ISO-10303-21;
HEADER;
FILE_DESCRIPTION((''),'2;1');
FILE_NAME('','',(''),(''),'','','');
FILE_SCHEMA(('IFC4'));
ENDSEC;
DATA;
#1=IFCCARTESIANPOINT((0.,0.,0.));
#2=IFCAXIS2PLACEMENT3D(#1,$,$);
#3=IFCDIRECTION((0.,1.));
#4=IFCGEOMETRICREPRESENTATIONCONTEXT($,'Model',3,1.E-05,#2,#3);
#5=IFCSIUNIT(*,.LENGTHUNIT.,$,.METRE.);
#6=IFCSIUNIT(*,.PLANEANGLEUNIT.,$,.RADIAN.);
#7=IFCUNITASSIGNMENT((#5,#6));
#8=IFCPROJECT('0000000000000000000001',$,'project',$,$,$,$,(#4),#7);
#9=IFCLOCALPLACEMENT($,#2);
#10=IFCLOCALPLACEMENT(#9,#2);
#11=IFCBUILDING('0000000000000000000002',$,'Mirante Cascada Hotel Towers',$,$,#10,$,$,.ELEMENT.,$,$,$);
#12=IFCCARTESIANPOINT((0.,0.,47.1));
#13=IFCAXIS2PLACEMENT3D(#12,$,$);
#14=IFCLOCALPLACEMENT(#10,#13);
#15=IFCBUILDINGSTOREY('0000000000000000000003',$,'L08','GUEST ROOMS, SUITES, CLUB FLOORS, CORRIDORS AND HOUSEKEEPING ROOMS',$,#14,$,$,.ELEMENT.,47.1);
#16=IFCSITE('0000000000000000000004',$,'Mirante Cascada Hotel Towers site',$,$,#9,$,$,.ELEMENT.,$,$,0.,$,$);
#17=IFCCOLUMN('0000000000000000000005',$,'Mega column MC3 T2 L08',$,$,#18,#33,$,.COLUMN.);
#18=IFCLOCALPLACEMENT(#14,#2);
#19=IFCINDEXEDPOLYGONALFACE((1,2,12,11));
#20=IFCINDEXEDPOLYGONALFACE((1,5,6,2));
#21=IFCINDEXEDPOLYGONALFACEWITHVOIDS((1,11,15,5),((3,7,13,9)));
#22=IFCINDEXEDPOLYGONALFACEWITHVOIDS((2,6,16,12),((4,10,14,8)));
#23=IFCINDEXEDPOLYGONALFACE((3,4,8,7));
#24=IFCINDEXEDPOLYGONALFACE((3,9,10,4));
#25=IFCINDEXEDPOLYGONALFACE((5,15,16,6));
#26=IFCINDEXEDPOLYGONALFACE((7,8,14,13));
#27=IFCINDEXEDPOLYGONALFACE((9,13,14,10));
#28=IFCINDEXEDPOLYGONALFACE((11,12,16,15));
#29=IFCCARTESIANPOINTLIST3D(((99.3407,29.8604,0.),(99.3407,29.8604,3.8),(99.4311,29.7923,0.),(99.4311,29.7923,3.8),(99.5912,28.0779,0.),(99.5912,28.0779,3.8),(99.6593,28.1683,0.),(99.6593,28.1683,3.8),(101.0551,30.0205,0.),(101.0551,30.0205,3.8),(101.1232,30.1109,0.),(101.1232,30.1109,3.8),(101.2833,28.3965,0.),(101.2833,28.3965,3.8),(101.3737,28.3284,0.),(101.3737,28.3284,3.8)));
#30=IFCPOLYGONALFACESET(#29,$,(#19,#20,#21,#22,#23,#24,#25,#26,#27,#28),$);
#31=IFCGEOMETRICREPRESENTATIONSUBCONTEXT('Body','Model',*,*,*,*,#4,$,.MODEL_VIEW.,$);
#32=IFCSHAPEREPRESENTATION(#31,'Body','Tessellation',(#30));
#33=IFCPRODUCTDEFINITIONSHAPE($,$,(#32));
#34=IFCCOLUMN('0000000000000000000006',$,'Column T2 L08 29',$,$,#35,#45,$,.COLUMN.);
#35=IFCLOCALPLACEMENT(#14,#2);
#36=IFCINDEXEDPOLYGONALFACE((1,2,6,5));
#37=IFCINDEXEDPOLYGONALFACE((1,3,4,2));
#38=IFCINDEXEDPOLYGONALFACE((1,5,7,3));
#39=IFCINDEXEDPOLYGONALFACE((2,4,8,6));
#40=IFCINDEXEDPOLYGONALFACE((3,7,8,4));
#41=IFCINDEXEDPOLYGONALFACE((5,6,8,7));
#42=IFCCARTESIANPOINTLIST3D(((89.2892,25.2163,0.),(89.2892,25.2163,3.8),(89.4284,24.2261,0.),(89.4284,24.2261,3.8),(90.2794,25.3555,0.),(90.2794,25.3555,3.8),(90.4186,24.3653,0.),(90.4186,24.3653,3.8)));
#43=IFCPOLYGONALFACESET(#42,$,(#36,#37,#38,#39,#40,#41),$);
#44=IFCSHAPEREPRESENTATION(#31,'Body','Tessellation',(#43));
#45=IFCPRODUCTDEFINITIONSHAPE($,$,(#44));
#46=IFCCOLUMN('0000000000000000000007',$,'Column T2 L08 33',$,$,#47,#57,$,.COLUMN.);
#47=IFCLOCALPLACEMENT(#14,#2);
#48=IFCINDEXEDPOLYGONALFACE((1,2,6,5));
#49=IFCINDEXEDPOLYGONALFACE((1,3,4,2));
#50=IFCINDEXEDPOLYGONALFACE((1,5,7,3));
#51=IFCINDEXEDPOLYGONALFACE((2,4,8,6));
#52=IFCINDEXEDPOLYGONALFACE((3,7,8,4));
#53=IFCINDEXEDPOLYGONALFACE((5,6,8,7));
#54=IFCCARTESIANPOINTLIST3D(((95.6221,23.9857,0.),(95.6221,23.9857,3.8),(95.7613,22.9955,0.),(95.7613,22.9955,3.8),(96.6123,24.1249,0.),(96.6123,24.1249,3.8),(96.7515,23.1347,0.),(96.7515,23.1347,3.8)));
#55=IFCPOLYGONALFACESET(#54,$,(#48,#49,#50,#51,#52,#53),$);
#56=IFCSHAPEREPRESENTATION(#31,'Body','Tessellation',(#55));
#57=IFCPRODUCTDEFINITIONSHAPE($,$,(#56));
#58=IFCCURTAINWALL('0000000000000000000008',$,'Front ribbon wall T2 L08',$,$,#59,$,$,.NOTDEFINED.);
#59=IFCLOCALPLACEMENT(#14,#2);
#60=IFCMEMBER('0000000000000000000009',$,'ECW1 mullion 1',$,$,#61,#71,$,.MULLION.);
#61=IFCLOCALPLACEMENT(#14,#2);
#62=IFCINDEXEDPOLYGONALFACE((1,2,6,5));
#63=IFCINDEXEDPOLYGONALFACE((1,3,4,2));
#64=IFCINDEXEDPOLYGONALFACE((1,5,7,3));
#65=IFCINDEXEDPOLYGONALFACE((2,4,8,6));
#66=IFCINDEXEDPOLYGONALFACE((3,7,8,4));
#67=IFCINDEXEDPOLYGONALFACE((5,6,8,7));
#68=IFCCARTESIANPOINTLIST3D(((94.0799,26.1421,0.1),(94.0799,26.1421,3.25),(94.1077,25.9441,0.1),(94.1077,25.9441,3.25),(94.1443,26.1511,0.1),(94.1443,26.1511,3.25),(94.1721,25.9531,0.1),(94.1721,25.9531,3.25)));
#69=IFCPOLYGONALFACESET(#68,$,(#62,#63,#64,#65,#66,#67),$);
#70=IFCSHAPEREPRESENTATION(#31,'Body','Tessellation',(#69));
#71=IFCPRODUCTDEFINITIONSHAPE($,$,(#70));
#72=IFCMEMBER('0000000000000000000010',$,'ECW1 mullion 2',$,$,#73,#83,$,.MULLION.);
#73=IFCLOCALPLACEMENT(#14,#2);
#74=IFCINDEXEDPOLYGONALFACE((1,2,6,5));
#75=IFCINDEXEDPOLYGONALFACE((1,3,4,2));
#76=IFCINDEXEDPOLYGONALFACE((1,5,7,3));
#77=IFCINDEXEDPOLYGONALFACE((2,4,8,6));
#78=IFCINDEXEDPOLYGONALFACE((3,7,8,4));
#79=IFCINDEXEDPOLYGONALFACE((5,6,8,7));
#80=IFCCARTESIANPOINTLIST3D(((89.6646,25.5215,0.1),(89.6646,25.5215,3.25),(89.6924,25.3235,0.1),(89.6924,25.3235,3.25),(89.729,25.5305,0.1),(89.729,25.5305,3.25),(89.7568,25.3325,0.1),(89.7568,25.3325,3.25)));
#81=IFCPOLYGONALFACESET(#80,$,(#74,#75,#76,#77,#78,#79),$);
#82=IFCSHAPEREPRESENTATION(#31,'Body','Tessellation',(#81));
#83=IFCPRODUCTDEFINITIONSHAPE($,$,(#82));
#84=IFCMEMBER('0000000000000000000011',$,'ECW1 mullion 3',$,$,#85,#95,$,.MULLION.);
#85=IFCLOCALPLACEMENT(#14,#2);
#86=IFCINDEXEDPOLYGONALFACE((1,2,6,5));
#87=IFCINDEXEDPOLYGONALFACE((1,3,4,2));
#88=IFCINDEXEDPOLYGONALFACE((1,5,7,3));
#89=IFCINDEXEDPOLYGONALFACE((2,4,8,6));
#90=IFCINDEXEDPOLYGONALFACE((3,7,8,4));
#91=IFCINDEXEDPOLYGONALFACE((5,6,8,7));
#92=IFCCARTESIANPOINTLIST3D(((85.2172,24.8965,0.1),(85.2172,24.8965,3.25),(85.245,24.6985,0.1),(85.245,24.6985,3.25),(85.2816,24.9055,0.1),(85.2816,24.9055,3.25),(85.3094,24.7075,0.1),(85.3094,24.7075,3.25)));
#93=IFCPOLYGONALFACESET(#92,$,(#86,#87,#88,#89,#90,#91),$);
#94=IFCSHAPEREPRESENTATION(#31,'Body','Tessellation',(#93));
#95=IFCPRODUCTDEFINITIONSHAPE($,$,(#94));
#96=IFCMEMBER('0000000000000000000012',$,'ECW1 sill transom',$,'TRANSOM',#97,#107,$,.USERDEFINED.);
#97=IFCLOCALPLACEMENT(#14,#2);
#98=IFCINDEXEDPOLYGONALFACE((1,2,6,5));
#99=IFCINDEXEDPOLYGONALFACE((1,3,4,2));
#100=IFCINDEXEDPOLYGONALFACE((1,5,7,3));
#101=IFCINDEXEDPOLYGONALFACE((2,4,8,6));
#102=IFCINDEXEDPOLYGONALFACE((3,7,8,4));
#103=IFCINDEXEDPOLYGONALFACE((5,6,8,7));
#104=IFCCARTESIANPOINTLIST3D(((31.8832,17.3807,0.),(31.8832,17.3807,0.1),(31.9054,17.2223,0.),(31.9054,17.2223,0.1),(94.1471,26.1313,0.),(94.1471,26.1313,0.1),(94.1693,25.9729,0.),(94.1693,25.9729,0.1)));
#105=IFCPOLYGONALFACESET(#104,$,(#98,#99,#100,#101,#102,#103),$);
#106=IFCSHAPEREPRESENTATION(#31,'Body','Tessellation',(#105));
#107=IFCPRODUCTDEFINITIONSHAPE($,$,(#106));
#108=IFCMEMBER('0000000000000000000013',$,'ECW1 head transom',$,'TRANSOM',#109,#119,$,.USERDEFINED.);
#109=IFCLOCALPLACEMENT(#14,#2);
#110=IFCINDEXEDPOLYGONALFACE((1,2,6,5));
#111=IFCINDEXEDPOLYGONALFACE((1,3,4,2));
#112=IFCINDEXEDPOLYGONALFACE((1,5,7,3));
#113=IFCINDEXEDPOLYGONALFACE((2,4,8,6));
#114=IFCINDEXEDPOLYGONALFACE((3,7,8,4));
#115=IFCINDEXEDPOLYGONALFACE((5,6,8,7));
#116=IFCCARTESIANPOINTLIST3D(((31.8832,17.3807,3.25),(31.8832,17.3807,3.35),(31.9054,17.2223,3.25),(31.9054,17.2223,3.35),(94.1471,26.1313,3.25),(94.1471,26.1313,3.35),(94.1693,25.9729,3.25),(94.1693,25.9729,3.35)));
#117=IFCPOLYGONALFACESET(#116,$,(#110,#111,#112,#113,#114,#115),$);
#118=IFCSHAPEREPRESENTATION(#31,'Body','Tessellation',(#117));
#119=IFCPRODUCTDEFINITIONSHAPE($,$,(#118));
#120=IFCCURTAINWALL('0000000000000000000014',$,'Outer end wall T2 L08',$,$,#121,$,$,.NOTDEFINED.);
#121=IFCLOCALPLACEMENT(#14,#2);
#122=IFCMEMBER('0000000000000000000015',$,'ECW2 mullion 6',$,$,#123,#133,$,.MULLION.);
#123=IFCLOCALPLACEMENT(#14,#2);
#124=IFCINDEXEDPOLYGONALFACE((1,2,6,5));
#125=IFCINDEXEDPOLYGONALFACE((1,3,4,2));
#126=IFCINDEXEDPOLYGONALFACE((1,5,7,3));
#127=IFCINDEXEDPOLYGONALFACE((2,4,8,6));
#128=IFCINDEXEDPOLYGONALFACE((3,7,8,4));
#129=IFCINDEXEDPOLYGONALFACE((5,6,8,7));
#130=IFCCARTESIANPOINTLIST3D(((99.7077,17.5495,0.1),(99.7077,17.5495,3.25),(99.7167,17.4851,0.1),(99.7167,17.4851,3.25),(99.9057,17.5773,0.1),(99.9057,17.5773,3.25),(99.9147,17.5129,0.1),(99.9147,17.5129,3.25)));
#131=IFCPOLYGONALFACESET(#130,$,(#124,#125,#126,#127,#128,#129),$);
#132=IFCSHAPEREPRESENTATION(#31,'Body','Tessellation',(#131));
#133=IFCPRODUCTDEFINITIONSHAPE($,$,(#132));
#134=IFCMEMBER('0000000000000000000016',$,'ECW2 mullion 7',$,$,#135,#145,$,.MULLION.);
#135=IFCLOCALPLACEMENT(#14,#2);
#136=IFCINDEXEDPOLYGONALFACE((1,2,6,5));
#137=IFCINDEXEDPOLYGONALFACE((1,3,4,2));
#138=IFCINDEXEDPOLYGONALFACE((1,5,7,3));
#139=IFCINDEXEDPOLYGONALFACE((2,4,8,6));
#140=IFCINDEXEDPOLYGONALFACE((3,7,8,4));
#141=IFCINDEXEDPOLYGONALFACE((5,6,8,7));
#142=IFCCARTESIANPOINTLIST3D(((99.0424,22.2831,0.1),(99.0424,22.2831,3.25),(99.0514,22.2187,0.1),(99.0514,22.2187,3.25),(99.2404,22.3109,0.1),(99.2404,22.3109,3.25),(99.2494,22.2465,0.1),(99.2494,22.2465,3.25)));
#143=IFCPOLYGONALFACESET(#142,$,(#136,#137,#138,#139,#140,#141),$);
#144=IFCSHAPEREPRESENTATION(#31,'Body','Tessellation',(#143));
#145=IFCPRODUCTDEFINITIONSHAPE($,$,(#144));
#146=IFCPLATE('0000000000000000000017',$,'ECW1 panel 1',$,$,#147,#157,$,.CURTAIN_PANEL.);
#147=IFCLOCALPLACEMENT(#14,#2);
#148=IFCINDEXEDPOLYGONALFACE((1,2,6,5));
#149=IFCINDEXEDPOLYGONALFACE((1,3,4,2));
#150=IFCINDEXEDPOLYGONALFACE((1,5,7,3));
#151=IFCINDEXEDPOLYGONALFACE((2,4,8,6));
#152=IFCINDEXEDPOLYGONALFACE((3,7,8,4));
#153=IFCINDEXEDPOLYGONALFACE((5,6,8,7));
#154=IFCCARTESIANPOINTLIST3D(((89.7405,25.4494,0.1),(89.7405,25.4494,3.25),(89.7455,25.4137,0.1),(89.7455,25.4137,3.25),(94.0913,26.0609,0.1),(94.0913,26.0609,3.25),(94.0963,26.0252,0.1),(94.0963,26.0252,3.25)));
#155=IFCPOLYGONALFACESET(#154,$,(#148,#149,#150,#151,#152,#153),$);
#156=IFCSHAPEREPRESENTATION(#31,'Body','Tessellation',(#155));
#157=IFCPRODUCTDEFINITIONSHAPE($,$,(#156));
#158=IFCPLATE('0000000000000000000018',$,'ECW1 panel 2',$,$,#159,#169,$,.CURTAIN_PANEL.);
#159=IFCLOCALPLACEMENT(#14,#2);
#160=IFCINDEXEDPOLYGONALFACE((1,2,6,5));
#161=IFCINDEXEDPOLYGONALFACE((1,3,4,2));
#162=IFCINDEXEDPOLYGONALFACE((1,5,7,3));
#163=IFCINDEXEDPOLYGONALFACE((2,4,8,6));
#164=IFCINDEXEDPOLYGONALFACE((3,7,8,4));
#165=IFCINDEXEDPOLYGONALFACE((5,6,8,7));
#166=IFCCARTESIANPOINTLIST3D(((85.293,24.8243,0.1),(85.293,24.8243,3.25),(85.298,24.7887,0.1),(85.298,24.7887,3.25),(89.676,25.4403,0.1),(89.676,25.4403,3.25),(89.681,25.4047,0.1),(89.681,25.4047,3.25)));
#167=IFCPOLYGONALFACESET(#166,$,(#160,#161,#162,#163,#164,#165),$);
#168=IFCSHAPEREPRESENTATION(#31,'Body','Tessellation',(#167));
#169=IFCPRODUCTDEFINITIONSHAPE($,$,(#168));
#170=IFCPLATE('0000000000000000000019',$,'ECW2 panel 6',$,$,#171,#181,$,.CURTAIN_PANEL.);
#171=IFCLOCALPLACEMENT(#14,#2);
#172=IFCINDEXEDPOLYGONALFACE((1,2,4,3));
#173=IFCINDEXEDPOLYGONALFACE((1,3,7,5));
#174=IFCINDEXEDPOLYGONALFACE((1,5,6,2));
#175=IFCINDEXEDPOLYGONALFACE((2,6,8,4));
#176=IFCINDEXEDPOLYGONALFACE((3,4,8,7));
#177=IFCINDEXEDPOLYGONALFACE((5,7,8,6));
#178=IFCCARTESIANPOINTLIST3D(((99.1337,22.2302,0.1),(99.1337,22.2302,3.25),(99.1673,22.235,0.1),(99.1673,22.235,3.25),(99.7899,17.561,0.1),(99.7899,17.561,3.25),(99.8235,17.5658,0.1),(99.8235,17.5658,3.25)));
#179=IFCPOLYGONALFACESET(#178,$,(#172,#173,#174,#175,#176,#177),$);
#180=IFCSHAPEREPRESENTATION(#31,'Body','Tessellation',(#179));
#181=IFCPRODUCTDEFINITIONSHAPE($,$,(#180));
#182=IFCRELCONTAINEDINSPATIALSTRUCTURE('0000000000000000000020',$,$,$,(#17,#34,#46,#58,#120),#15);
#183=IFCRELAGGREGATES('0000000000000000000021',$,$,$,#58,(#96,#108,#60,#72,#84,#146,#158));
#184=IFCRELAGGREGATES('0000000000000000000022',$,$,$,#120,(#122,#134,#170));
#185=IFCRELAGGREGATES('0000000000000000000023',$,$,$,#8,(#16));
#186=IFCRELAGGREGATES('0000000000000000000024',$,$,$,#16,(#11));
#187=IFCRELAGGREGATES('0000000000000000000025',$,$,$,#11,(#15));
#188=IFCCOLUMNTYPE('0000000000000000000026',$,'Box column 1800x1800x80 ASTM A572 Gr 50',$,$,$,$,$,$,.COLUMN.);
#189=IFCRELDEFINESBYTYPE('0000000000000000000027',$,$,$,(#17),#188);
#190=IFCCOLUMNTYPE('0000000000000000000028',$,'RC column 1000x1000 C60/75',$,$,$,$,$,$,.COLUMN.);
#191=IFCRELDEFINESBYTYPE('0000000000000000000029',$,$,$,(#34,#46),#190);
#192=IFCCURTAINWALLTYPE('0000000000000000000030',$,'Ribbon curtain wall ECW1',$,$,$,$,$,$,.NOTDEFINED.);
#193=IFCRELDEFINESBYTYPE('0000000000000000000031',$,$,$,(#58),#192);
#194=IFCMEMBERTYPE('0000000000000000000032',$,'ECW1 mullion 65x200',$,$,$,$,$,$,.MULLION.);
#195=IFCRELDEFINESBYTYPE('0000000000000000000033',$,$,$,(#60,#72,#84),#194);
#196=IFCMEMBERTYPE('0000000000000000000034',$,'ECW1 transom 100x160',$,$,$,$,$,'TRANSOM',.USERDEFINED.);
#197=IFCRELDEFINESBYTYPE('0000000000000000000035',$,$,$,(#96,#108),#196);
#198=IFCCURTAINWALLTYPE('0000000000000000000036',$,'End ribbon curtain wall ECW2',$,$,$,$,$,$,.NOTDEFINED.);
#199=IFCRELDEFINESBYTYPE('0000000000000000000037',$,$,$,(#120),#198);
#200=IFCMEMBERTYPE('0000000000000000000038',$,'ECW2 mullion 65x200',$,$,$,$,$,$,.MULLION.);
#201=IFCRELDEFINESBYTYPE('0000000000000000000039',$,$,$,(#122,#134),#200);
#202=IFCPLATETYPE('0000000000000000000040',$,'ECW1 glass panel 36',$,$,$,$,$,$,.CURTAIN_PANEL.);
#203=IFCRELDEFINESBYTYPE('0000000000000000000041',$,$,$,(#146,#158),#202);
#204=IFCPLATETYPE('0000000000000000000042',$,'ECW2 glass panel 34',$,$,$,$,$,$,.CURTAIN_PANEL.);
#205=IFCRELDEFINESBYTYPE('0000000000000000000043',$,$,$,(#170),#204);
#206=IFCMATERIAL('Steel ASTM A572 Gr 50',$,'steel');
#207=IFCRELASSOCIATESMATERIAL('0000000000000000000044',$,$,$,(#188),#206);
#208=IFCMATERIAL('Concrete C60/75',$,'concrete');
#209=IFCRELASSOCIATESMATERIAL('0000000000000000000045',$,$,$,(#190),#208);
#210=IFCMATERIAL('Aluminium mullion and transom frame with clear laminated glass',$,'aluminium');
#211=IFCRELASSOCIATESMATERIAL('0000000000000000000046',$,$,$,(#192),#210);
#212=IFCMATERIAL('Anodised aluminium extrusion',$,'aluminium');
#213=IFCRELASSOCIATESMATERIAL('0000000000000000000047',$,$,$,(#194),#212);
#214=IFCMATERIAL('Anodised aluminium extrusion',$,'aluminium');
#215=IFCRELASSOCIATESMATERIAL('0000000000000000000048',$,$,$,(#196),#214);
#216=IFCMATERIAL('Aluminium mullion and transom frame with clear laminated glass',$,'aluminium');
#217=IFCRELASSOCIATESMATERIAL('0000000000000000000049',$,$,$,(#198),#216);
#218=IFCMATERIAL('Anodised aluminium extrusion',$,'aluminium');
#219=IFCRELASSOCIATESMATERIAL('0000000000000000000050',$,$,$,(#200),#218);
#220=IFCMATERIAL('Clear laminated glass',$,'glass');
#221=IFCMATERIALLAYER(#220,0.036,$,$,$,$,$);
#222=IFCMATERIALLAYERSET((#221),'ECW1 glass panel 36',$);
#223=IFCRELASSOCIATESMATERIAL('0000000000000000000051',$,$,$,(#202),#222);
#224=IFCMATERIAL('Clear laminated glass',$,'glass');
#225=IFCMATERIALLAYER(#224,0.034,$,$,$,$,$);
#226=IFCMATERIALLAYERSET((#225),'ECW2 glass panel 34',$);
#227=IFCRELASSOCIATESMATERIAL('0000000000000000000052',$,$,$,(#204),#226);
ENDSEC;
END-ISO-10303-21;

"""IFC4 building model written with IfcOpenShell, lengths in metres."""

from ifc_helpers import new_model, si_unit, direction, frame, origin, origin_2d, place, context, subcontext, project, spatial, rectangle, hollow_rectangle, extrude, material, layer, layer_set, material_profile, profile_set, type_object, element, aggregate, save


model = new_model("IFC4")

# Units and contexts
model_context = context("Model", 3, precision=1e-05, world=origin(), true_north=direction((0.0, 1.0)))
body_context = subcontext(model_context, "Body", "Model", "MODEL_VIEW")
ifc_project = project(units=[si_unit("LENGTHUNIT", "METRE"), si_unit("PLANEANGLEUNIT", "RADIAN")], contexts=[model_context])

# Site, building, storey
site_placement = place(None, origin())
site = spatial("IfcSite", under=ifc_project, at=site_placement, Name="Mirante Cascada Hotel Towers site", CompositionType="ELEMENT", RefElevation=0.0)
building_placement = place(site_placement, origin())
building = spatial("IfcBuilding", under=site, at=building_placement, Name="Mirante Cascada Hotel Towers", CompositionType="ELEMENT")
storey_placement = place(building_placement, frame((0.0, 0.0, 47.1)))
storey = spatial("IfcBuildingStorey", under=building, at=storey_placement, Name="L08", Description="GUEST ROOMS, SUITES, CLUB FLOORS, CORRIDORS AND HOUSEKEEPING ROOMS", CompositionType="ELEMENT", Elevation=47.1)

# Columns
ifc_material_1 = material(Name="Steel ASTM A572 Gr 50", Category="steel")
ifc_material_profile_1 = material_profile(ifc_material_1, hollow_rectangle(XDim=1.8, YDim=1.8, WallThickness=0.08, at=origin_2d()), Name="Box column 1800x1800x80 ASTM A572 Gr 50")
ifc_profile_set_1 = profile_set([ifc_material_profile_1], Name="Steel ASTM A572 Gr 50")
column_type_1 = type_object("IfcColumnType", Name="Box column 1800x1800x80 ASTM A572 Gr 50", PredefinedType="COLUMN", material=ifc_profile_set_1)
column_placement = place(storey_placement, frame((100.3572, 29.0944, 0.0), z_axis=(0.0, 0.0, 1.0), x_axis=(0.990268, 0.139173, 0.0)))
element("IfcColumn", 1, at=column_placement, inside=storey, type_object=column_type_1, Name="Mega column MC3 T2 L08", PredefinedType="COLUMN", context=body_context, shape_type="SweptSolid", body=[
    extrude(hollow_rectangle(XDim=1.8, YDim=1.8, WallThickness=0.08, at=origin_2d()), origin(), (0.0, 0.0, 1.0), 3.8),
])
ifc_material_2 = material(Name="Concrete C60/75", Category="concrete")
ifc_material_profile_2 = material_profile(ifc_material_2, rectangle(XDim=1.0, YDim=1.0, at=origin_2d()), Name="RC column 1000x1000 C60/75")
ifc_profile_set_2 = profile_set([ifc_material_profile_2], Name="Concrete C60/75")
column_type_2 = type_object("IfcColumnType", Name="RC column 1000x1000 C60/75", PredefinedType="COLUMN", material=ifc_profile_set_2)
for number, where, z_axis, x_axis, name in (
    (2, (89.8539, 24.7908, 0.0), (0.0, 0.0, 1.0), (0.990268, 0.139173, 0.0), "Column T2 L08 29"),
    (3, (96.1868, 23.5602, 0.0), (0.0, 0.0, 1.0), (0.990268, 0.139173, 0.0), "Column T2 L08 33"),
):
    element("IfcColumn", number, at=place(storey_placement, frame(where, z_axis=z_axis, x_axis=x_axis)), inside=storey, type_object=column_type_2, Name=name, PredefinedType="COLUMN", context=body_context, shape_type="SweptSolid", body=[
        extrude(rectangle(XDim=1.0, YDim=1.0, at=origin_2d()), origin(), (0.0, 0.0, 1.0), 3.8),
    ])

# Curtain walls, members
ifc_material_3 = material(Name="Aluminium mullion and transom frame with clear laminated glass", Category="aluminium")
curtain_wall_type_1 = type_object("IfcCurtainWallType", Name="Ribbon curtain wall ECW1", PredefinedType="NOTDEFINED", material=ifc_material_3)
curtain_wall_1_placement = place(storey_placement, origin())
curtain_wall_1 = element("IfcCurtainWall", 4, at=curtain_wall_1_placement, inside=storey, type_object=curtain_wall_type_1, Name="Front ribbon wall T2 L08", PredefinedType="NOTDEFINED")
ifc_material_4 = material(Name="Anodised aluminium extrusion", Category="aluminium")
ifc_material_profile_3 = material_profile(ifc_material_4, rectangle(XDim=0.2, YDim=0.065, at=origin_2d()), Name="ECW1 MULLION 65x200")
ifc_profile_set_3 = profile_set([ifc_material_profile_3], Name="Anodised aluminium extrusion")
member_type_1 = type_object("IfcMemberType", Name="ECW1 mullion 65x200", PredefinedType="MULLION", material=ifc_profile_set_3)
member_1_placement = place(storey_placement, frame((94.126, 26.0476, 0.1), z_axis=(0.0, 0.0, 1.0), x_axis=(0.139173, -0.990268, 0.0)))
member_1 = element("IfcMember", 5, at=member_1_placement, type_object=member_type_1, Name="ECW1 mullion 1", PredefinedType="MULLION", context=body_context, shape_type="SweptSolid", body=[
    extrude(rectangle(XDim=0.2, YDim=0.065, at=origin_2d()), origin(), (0.0, 0.0, 1.0), 3.15),
])
member_2_placement = place(storey_placement, frame((89.7107, 25.427, 0.1), z_axis=(0.0, 0.0, 1.0), x_axis=(0.139173, -0.990268, 0.0)))
member_2 = element("IfcMember", 6, at=member_2_placement, type_object=member_type_1, Name="ECW1 mullion 2", PredefinedType="MULLION", context=body_context, shape_type="SweptSolid", body=[
    extrude(rectangle(XDim=0.2, YDim=0.065, at=origin_2d()), origin(), (0.0, 0.0, 1.0), 3.15),
])
member_3_placement = place(storey_placement, frame((85.2633, 24.802, 0.1), z_axis=(0.0, 0.0, 1.0), x_axis=(0.139173, -0.990268, 0.0)))
member_3 = element("IfcMember", 7, at=member_3_placement, type_object=member_type_1, Name="ECW1 mullion 3", PredefinedType="MULLION", context=body_context, shape_type="SweptSolid", body=[
    extrude(rectangle(XDim=0.2, YDim=0.065, at=origin_2d()), origin(), (0.0, 0.0, 1.0), 3.15),
])
ifc_material_5 = material(Name="Anodised aluminium extrusion", Category="aluminium")
ifc_material_profile_4 = material_profile(ifc_material_5, rectangle(XDim=0.16, YDim=0.1, at=origin_2d()), Name="ECW1 TRANSOM 100x160")
ifc_profile_set_4 = profile_set([ifc_material_profile_4], Name="Anodised aluminium extrusion")
member_type_2 = type_object("IfcMemberType", Name="ECW1 transom 100x160", ElementType="TRANSOM", PredefinedType="USERDEFINED", material=ifc_profile_set_4)
member_4_placement = place(storey_placement, frame((94.1582, 26.0521, 0.05), z_axis=(-0.990268, -0.139173, 0.0), x_axis=(0.139173, -0.990268, 0.0)))
member_4 = element("IfcMember", 8, at=member_4_placement, type_object=member_type_2, Name="ECW1 sill transom", ObjectType="TRANSOM", PredefinedType="USERDEFINED", context=body_context, shape_type="SweptSolid", body=[
    extrude(rectangle(XDim=0.16, YDim=0.1, at=origin_2d()), origin(), (0.0, 0.0, 1.0), 62.8758),
])
member_5_placement = place(storey_placement, frame((94.1582, 26.0521, 3.3), z_axis=(-0.990268, -0.139173, 0.0), x_axis=(0.139173, -0.990268, 0.0)))
member_5 = element("IfcMember", 9, at=member_5_placement, type_object=member_type_2, Name="ECW1 head transom", ObjectType="TRANSOM", PredefinedType="USERDEFINED", context=body_context, shape_type="SweptSolid", body=[
    extrude(rectangle(XDim=0.16, YDim=0.1, at=origin_2d()), origin(), (0.0, 0.0, 1.0), 62.8758),
])
ifc_material_6 = material(Name="Aluminium mullion and transom frame with clear laminated glass", Category="aluminium")
curtain_wall_type_2 = type_object("IfcCurtainWallType", Name="End ribbon curtain wall ECW2", PredefinedType="NOTDEFINED", material=ifc_material_6)
curtain_wall_2_placement = place(storey_placement, origin())
curtain_wall_2 = element("IfcCurtainWall", 10, at=curtain_wall_2_placement, inside=storey, type_object=curtain_wall_type_2, Name="Outer end wall T2 L08", PredefinedType="NOTDEFINED")
ifc_material_7 = material(Name="Anodised aluminium extrusion", Category="aluminium")
ifc_material_profile_5 = material_profile(ifc_material_7, rectangle(XDim=0.2, YDim=0.065, at=origin_2d()), Name="ECW2 MULLION 65x200")
ifc_profile_set_5 = profile_set([ifc_material_profile_5], Name="Anodised aluminium extrusion")
member_type_3 = type_object("IfcMemberType", Name="ECW2 mullion 65x200", PredefinedType="MULLION", material=ifc_profile_set_5)
member_6_placement = place(storey_placement, frame((99.8112, 17.5312, 0.1), z_axis=(0.0, 0.0, 1.0), x_axis=(-0.990268, -0.139173, 0.0)))
member_6 = element("IfcMember", 11, at=member_6_placement, type_object=member_type_3, Name="ECW2 mullion 6", PredefinedType="MULLION", context=body_context, shape_type="SweptSolid", body=[
    extrude(rectangle(XDim=0.2, YDim=0.065, at=origin_2d()), origin(), (0.0, 0.0, 1.0), 3.15),
])
member_7_placement = place(storey_placement, frame((99.1459, 22.2648, 0.1), z_axis=(0.0, 0.0, 1.0), x_axis=(-0.990268, -0.139173, 0.0)))
member_7 = element("IfcMember", 12, at=member_7_placement, type_object=member_type_3, Name="ECW2 mullion 7", PredefinedType="MULLION", context=body_context, shape_type="SweptSolid", body=[
    extrude(rectangle(XDim=0.2, YDim=0.065, at=origin_2d()), origin(), (0.0, 0.0, 1.0), 3.15),
])

# Plates
ifc_material_8 = material(Name="Clear laminated glass", Category="glass")
ifc_layer_1 = layer(ifc_material_8, 0.036)
ifc_layer_set_1 = layer_set([ifc_layer_1], Name="ECW1 glass panel 36")
plate_type_1 = type_object("IfcPlateType", Name="ECW1 glass panel 36", PredefinedType="CURTAIN_PANEL", material=ifc_layer_set_1)
plate_1_placement = place(storey_placement, frame((91.9184, 25.7373, 0.1), z_axis=(0.0, 0.0, 1.0), x_axis=(-0.990268, -0.139173, 0.0)))
plate_1 = element("IfcPlate", 13, at=plate_1_placement, type_object=plate_type_1, Name="ECW1 panel 1", PredefinedType="CURTAIN_PANEL", context=body_context, shape_type="SweptSolid", body=[
    extrude(rectangle(XDim=4.3936, YDim=0.036, at=origin_2d()), origin(), (0.0, 0.0, 1.0), 3.15),
])
plate_2_placement = place(storey_placement, frame((87.487, 25.1145, 0.1), z_axis=(0.0, 0.0, 1.0), x_axis=(-0.990268, -0.139173, 0.0)))
plate_2 = element("IfcPlate", 14, at=plate_2_placement, type_object=plate_type_1, Name="ECW1 panel 2", PredefinedType="CURTAIN_PANEL", context=body_context, shape_type="SweptSolid", body=[
    extrude(rectangle(XDim=4.4261, YDim=0.036, at=origin_2d()), origin(), (0.0, 0.0, 1.0), 3.15),
])
aggregate(curtain_wall_1, [member_4, member_5, member_1, member_2, member_3, plate_1, plate_2])
ifc_material_9 = material(Name="Clear laminated glass", Category="glass")
ifc_layer_2 = layer(ifc_material_9, 0.034)
ifc_layer_set_2 = layer_set([ifc_layer_2], Name="ECW2 glass panel 34")
plate_type_2 = type_object("IfcPlateType", Name="ECW2 glass panel 34", PredefinedType="CURTAIN_PANEL", material=ifc_layer_set_2)
plate_3_placement = place(storey_placement, frame((99.4786, 19.898, 0.1), z_axis=(0.0, 0.0, 1.0), x_axis=(-0.139173, 0.990268, 0.0)))
plate_3 = element("IfcPlate", 15, at=plate_3_placement, type_object=plate_type_2, Name="ECW2 panel 6", PredefinedType="CURTAIN_PANEL", context=body_context, shape_type="SweptSolid", body=[
    extrude(rectangle(XDim=4.7151, YDim=0.034, at=origin_2d()), origin(), (0.0, 0.0, 1.0), 3.15),
])
aggregate(curtain_wall_2, [member_6, member_7, plate_3])

save(model, "model.ifc")
